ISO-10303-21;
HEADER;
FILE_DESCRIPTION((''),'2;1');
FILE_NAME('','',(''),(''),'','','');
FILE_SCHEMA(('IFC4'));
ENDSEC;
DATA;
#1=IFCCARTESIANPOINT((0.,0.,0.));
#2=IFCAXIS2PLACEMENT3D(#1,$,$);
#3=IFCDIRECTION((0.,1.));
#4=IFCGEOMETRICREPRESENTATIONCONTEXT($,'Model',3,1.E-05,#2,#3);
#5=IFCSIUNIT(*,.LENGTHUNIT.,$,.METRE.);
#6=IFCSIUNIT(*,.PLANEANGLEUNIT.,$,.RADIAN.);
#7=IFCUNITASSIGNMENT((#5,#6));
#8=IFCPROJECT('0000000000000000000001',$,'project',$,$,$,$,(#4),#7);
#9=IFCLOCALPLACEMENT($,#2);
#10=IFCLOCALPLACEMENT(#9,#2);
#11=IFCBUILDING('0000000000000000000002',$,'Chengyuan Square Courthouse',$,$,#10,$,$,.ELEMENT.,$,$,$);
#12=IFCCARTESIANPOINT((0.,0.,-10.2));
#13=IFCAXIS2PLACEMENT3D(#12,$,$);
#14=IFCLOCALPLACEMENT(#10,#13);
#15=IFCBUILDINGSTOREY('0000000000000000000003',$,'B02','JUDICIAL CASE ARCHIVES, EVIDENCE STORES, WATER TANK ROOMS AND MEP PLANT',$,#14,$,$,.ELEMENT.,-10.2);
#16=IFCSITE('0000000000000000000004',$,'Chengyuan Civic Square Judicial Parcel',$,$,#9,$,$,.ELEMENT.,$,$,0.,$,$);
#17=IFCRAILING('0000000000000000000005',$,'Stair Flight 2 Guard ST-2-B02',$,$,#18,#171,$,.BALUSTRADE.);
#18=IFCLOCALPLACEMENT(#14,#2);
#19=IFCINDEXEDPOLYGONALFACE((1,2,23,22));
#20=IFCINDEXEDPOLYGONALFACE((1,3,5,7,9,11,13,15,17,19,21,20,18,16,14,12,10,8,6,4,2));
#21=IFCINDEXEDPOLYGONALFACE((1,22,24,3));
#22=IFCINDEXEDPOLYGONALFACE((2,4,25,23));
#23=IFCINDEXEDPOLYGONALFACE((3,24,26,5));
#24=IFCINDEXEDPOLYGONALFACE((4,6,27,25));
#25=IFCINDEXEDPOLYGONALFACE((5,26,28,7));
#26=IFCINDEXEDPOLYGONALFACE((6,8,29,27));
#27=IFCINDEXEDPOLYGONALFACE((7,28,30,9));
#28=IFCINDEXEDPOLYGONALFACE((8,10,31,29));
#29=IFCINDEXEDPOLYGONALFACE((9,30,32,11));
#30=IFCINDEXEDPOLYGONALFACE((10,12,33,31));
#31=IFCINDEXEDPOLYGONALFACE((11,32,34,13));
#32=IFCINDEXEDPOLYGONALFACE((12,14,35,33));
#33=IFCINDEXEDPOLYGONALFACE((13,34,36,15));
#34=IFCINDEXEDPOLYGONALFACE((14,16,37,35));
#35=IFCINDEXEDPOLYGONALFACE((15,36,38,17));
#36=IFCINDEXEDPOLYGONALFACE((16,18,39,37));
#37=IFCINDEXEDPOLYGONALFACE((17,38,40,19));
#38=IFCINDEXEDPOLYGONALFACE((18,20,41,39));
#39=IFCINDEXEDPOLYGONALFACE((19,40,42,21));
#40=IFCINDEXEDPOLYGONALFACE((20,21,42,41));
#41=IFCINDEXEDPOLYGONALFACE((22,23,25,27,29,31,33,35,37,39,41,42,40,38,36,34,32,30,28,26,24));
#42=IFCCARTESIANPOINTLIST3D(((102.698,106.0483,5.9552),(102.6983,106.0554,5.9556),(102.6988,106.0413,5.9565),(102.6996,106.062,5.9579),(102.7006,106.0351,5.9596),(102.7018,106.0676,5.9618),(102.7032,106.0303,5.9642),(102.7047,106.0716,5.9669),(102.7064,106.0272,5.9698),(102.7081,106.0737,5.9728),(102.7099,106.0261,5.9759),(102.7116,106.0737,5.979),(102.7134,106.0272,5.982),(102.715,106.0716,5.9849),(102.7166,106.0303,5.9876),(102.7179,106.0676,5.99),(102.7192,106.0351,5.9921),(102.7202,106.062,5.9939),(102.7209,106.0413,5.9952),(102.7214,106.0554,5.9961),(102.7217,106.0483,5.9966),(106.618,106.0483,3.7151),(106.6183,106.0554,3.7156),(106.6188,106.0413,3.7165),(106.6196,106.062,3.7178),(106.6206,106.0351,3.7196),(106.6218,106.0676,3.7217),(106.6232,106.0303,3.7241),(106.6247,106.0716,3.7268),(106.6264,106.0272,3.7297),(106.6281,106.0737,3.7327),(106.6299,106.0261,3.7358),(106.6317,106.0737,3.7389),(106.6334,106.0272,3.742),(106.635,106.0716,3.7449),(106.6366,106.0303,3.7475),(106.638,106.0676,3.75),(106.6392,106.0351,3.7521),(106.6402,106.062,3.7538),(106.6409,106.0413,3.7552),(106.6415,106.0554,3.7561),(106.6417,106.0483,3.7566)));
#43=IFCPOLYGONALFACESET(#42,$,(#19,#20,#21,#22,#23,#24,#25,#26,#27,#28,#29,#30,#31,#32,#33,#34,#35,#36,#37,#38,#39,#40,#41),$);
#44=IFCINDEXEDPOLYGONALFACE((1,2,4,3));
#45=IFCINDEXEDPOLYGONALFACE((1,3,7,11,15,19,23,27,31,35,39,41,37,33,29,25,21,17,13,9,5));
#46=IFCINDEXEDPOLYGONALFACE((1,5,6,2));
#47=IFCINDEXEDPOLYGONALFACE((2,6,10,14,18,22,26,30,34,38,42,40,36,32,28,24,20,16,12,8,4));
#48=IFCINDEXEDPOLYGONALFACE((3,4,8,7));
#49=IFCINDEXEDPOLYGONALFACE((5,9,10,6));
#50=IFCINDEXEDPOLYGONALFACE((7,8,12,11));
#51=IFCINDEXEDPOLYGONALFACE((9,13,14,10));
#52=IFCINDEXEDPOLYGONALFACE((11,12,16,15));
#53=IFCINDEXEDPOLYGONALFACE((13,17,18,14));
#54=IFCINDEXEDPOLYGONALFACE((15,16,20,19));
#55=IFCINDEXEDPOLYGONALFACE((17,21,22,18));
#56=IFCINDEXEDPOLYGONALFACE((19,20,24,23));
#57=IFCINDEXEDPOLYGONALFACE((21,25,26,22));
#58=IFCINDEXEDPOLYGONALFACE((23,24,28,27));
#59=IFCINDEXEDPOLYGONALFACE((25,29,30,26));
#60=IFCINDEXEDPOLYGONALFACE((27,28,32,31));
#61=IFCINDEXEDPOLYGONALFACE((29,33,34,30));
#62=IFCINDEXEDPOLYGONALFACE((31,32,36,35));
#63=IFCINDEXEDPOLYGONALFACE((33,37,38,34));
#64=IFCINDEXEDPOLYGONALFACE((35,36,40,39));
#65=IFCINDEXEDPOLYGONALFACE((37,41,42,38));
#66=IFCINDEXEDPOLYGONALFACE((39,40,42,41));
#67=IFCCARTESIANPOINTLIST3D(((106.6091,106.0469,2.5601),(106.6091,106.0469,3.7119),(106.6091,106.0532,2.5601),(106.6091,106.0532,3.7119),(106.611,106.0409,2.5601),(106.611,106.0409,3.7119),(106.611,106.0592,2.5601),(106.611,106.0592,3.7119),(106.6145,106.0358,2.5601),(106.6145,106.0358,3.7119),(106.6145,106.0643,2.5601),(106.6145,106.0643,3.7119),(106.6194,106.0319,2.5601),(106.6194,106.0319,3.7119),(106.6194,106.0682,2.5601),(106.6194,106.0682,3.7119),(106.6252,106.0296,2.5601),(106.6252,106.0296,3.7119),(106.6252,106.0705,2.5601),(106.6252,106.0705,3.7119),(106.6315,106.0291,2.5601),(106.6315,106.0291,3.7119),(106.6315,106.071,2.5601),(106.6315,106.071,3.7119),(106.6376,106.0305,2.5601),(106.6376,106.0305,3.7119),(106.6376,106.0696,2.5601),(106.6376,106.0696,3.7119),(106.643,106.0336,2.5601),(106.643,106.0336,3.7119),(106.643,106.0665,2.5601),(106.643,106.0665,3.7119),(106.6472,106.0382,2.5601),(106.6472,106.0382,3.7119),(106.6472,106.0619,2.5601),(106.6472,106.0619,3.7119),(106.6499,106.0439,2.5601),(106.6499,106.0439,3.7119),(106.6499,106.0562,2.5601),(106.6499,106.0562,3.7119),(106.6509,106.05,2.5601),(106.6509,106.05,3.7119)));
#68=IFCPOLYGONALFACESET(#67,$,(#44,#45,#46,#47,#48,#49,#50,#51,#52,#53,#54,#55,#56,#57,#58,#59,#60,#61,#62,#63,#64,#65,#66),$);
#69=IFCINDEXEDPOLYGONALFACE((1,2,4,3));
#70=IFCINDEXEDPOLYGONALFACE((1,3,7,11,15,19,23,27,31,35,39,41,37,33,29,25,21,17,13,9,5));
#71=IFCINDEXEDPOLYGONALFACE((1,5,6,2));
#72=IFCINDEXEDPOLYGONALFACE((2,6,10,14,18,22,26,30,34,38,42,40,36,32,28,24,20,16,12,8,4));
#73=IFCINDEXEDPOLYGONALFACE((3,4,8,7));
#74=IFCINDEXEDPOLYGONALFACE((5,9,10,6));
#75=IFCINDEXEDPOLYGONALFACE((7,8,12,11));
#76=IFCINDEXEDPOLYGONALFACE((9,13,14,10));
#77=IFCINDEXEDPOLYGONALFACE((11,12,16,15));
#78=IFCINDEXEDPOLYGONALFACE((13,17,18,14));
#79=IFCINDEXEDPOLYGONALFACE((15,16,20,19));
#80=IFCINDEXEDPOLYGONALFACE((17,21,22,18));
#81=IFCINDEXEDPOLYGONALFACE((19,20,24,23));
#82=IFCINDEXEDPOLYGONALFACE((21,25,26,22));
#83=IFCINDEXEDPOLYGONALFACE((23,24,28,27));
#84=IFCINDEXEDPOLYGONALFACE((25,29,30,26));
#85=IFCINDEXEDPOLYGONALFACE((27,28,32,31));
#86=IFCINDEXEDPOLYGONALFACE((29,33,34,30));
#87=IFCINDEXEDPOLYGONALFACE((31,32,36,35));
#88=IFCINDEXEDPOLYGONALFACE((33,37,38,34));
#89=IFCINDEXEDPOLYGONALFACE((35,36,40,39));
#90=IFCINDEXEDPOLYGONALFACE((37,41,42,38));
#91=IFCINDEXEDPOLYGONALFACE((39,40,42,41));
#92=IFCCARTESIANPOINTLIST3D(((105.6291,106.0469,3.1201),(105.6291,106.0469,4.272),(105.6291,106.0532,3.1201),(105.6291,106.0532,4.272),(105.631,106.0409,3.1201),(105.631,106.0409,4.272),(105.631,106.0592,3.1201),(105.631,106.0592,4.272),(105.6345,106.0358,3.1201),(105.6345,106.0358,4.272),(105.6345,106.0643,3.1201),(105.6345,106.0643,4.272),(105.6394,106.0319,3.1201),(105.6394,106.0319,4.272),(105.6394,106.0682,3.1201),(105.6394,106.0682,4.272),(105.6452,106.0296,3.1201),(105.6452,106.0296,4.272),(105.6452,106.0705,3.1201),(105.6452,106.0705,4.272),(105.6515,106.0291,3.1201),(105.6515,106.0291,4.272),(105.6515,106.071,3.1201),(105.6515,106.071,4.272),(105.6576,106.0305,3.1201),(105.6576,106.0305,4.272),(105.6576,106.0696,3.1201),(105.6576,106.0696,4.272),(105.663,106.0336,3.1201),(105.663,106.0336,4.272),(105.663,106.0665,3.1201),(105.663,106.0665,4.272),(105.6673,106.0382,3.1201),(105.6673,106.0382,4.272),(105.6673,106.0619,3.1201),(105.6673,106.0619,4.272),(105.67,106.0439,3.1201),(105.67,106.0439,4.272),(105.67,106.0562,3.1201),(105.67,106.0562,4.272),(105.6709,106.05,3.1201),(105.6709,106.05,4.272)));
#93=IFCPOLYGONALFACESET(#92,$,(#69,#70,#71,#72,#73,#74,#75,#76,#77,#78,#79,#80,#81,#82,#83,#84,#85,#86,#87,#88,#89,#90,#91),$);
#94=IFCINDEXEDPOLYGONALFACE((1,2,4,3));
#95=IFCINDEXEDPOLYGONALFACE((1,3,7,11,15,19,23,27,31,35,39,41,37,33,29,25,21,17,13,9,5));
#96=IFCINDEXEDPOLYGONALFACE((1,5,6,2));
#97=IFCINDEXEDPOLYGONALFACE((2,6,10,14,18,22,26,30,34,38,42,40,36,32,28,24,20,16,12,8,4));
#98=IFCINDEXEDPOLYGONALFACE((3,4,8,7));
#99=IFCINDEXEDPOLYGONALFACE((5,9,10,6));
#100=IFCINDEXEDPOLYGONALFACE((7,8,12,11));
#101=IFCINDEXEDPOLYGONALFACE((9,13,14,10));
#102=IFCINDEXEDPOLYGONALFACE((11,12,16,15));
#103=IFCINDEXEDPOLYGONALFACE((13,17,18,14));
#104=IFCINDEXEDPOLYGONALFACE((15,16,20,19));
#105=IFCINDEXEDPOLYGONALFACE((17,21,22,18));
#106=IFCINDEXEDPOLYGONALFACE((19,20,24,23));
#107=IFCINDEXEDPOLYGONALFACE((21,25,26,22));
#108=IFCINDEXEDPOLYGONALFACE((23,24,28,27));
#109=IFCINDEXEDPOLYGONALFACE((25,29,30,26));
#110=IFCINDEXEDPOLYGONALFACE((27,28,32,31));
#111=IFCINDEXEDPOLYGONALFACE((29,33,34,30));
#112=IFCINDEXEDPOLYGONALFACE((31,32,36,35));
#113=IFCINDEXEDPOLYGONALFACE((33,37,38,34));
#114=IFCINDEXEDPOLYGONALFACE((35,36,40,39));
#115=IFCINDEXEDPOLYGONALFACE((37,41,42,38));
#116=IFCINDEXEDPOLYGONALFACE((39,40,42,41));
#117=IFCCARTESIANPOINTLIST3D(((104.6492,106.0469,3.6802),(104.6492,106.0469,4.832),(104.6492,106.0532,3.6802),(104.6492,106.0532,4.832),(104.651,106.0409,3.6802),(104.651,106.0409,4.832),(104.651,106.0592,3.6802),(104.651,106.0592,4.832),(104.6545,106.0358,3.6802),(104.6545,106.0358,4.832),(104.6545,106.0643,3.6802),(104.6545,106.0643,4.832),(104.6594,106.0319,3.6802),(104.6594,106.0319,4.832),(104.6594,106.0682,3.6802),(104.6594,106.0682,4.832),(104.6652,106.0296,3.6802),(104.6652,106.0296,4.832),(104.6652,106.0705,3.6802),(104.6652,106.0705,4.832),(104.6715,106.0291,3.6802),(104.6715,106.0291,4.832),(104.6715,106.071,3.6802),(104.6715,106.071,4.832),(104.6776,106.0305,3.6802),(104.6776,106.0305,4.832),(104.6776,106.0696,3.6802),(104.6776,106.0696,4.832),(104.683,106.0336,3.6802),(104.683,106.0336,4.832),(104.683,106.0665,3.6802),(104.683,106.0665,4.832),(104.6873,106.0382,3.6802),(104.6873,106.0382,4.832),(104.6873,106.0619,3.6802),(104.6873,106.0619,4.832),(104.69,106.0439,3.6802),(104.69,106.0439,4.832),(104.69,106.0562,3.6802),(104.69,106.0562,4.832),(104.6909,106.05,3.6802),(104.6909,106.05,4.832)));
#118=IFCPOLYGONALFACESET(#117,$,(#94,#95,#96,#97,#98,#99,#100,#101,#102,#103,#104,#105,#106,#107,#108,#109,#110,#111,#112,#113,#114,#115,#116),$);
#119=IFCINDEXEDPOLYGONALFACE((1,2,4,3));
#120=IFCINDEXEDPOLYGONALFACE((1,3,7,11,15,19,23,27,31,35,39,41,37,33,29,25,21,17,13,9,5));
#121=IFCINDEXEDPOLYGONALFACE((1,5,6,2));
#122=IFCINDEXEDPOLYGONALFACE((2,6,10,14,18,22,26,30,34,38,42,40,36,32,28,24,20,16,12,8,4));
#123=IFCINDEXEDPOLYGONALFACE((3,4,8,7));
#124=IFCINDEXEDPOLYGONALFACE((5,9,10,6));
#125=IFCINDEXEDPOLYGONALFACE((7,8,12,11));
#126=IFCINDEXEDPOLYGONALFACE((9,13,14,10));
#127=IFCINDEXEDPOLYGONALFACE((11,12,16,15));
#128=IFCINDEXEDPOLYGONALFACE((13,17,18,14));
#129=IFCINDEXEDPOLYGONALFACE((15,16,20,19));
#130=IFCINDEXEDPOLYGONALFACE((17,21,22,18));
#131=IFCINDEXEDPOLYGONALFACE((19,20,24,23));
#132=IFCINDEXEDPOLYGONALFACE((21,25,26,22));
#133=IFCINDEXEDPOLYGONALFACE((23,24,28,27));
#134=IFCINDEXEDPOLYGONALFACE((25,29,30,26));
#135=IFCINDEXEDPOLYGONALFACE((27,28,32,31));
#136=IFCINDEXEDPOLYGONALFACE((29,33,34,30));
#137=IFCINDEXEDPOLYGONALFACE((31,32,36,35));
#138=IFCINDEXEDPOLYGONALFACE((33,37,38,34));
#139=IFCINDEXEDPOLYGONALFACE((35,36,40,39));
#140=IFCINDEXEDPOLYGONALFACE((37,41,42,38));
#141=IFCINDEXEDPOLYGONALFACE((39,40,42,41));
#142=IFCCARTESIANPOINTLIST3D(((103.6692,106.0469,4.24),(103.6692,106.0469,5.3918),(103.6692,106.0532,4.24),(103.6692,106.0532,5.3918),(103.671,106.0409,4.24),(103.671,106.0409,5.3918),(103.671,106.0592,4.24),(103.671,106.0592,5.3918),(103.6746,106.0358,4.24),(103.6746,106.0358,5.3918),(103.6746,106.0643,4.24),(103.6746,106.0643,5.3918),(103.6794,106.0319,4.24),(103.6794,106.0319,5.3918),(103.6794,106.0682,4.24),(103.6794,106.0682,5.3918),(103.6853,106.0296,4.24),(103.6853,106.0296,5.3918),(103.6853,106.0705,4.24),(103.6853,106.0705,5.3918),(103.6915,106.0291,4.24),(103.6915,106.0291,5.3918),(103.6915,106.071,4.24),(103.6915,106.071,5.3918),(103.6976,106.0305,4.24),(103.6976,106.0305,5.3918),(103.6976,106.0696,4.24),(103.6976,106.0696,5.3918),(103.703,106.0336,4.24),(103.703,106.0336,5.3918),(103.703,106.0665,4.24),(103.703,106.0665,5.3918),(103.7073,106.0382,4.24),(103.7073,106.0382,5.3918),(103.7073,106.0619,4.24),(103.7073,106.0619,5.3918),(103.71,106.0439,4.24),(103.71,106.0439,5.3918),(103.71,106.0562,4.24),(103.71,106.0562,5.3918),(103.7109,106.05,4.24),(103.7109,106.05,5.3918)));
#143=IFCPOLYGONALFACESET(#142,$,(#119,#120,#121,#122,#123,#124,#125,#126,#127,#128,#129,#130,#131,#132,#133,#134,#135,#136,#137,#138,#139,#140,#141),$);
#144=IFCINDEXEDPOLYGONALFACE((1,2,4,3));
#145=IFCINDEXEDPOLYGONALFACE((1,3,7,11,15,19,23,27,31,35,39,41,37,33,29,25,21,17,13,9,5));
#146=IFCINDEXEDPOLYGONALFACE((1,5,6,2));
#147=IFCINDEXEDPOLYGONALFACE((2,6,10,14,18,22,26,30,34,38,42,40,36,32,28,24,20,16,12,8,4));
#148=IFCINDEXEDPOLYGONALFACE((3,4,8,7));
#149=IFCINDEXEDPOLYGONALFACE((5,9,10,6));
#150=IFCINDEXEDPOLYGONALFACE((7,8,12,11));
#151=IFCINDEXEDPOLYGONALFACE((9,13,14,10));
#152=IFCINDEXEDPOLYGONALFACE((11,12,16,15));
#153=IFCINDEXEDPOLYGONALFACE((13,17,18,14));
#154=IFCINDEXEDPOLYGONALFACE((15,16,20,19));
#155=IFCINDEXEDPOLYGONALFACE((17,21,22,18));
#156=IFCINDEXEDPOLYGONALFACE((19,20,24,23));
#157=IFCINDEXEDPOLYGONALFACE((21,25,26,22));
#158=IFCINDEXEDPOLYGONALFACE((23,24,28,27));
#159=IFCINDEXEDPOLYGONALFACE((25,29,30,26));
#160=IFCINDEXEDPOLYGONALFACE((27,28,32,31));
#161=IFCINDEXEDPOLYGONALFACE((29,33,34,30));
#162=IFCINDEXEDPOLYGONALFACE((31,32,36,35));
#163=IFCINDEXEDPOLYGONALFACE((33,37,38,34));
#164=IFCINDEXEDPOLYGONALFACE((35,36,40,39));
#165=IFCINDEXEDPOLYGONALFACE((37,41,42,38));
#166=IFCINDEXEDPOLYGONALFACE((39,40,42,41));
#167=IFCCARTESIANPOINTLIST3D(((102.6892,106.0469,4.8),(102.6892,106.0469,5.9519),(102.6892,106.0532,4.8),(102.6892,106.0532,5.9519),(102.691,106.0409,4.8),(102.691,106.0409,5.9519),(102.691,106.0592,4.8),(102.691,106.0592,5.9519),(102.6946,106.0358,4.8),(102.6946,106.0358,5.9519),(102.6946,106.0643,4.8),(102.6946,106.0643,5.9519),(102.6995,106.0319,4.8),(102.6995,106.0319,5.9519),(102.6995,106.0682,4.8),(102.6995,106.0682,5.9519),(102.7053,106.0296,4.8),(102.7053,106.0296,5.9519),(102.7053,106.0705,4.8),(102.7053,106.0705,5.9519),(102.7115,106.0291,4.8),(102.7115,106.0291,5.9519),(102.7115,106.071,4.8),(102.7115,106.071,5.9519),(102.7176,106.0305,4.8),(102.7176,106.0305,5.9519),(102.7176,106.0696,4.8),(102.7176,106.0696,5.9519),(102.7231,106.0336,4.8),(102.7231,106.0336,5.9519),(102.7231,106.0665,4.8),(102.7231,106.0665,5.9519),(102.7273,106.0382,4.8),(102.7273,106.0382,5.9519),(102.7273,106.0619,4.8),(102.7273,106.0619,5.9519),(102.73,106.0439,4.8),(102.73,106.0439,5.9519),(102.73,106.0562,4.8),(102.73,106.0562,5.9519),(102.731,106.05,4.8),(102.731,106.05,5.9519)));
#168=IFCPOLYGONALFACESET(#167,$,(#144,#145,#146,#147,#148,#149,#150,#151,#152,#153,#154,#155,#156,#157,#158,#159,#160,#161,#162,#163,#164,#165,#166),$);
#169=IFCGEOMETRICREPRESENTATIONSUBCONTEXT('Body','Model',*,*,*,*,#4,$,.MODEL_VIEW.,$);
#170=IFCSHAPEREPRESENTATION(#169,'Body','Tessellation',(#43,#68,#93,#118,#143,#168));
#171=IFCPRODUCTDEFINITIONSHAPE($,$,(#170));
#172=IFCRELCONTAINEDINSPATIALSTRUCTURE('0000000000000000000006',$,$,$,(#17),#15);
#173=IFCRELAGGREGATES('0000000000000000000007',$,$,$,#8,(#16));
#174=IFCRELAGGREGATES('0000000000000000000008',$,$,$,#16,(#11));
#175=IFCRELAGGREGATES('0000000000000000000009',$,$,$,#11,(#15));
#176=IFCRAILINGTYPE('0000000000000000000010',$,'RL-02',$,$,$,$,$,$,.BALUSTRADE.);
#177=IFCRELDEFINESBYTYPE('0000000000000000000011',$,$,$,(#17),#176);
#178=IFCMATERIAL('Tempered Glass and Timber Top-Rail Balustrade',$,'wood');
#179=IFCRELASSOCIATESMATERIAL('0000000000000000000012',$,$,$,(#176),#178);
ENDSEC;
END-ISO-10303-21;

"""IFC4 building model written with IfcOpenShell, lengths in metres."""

from ifc_helpers import new_model, si_unit, direction, frame, origin, origin_2d, place, context, subcontext, project, spatial, circle, extrude, material, type_object, element, save


model = new_model("IFC4")

# Units and contexts
model_context = context("Model", 3, precision=1e-05, world=origin(), true_north=direction((0.0, 1.0)))
body_context = subcontext(model_context, "Body", "Model", "MODEL_VIEW")
ifc_project = project(units=[si_unit("LENGTHUNIT", "METRE"), si_unit("PLANEANGLEUNIT", "RADIAN")], contexts=[model_context])

# Site, building, storey
site_placement = place(None, origin())
site = spatial("IfcSite", under=ifc_project, at=site_placement, Name="Chengyuan Civic Square Judicial Parcel", CompositionType="ELEMENT", RefElevation=0.0)
building_placement = place(site_placement, origin())
building = spatial("IfcBuilding", under=site, at=building_placement, Name="Chengyuan Square Courthouse", CompositionType="ELEMENT")
storey_placement = place(building_placement, frame((0.0, 0.0, -10.2)))
storey = spatial("IfcBuildingStorey", under=building, at=storey_placement, Name="B02", Description="JUDICIAL CASE ARCHIVES, EVIDENCE STORES, WATER TANK ROOMS AND MEP PLANT", CompositionType="ELEMENT", Elevation=-10.2)

# Railing
ifc_material_1 = material(Name="Tempered Glass and Timber Top-Rail Balustrade", Category="wood")
railing_type_1 = type_object("IfcRailingType", Name="RL-02", PredefinedType="BALUSTRADE", material=ifc_material_1)
railing_1_placement = place(storey_placement, frame((106.6299, 106.05, 2.5601)))
element("IfcRailing", 1, at=railing_1_placement, inside=storey, type_object=railing_type_1, Name="Stair Flight 2 Guard ST-2-B02", PredefinedType="BALUSTRADE", context=body_context, shape_type="SweptSolid", body=[
    extrude(circle(Radius=0.0239, at=origin_2d()), frame((0.0, 0.0, 1.1758), z_axis=(-0.86824, 0.0, 0.496145), x_axis=(0.0, -1.0, 0.0)), (0.0, 0.0, 1.0), 4.5149),
    extrude(circle(Radius=0.021, at=origin_2d()), origin(), (0.0, 0.0, 1.0), 1.1519),
    extrude(circle(Radius=0.021, at=origin_2d()), frame((-0.98, 0.0, 0.5601)), (0.0, 0.0, 1.0), 1.1519),
    extrude(circle(Radius=0.021, at=origin_2d()), frame((-1.96, 0.0, 1.1201)), (0.0, 0.0, 1.0), 1.1519),
    extrude(circle(Radius=0.021, at=origin_2d()), frame((-2.9399, 0.0, 1.6799)), (0.0, 0.0, 1.0), 1.1519),
    extrude(circle(Radius=0.021, at=origin_2d()), frame((-3.9199, 0.0, 2.24)), (0.0, 0.0, 1.0), 1.1519),
])

save(model, "model.ifc")
